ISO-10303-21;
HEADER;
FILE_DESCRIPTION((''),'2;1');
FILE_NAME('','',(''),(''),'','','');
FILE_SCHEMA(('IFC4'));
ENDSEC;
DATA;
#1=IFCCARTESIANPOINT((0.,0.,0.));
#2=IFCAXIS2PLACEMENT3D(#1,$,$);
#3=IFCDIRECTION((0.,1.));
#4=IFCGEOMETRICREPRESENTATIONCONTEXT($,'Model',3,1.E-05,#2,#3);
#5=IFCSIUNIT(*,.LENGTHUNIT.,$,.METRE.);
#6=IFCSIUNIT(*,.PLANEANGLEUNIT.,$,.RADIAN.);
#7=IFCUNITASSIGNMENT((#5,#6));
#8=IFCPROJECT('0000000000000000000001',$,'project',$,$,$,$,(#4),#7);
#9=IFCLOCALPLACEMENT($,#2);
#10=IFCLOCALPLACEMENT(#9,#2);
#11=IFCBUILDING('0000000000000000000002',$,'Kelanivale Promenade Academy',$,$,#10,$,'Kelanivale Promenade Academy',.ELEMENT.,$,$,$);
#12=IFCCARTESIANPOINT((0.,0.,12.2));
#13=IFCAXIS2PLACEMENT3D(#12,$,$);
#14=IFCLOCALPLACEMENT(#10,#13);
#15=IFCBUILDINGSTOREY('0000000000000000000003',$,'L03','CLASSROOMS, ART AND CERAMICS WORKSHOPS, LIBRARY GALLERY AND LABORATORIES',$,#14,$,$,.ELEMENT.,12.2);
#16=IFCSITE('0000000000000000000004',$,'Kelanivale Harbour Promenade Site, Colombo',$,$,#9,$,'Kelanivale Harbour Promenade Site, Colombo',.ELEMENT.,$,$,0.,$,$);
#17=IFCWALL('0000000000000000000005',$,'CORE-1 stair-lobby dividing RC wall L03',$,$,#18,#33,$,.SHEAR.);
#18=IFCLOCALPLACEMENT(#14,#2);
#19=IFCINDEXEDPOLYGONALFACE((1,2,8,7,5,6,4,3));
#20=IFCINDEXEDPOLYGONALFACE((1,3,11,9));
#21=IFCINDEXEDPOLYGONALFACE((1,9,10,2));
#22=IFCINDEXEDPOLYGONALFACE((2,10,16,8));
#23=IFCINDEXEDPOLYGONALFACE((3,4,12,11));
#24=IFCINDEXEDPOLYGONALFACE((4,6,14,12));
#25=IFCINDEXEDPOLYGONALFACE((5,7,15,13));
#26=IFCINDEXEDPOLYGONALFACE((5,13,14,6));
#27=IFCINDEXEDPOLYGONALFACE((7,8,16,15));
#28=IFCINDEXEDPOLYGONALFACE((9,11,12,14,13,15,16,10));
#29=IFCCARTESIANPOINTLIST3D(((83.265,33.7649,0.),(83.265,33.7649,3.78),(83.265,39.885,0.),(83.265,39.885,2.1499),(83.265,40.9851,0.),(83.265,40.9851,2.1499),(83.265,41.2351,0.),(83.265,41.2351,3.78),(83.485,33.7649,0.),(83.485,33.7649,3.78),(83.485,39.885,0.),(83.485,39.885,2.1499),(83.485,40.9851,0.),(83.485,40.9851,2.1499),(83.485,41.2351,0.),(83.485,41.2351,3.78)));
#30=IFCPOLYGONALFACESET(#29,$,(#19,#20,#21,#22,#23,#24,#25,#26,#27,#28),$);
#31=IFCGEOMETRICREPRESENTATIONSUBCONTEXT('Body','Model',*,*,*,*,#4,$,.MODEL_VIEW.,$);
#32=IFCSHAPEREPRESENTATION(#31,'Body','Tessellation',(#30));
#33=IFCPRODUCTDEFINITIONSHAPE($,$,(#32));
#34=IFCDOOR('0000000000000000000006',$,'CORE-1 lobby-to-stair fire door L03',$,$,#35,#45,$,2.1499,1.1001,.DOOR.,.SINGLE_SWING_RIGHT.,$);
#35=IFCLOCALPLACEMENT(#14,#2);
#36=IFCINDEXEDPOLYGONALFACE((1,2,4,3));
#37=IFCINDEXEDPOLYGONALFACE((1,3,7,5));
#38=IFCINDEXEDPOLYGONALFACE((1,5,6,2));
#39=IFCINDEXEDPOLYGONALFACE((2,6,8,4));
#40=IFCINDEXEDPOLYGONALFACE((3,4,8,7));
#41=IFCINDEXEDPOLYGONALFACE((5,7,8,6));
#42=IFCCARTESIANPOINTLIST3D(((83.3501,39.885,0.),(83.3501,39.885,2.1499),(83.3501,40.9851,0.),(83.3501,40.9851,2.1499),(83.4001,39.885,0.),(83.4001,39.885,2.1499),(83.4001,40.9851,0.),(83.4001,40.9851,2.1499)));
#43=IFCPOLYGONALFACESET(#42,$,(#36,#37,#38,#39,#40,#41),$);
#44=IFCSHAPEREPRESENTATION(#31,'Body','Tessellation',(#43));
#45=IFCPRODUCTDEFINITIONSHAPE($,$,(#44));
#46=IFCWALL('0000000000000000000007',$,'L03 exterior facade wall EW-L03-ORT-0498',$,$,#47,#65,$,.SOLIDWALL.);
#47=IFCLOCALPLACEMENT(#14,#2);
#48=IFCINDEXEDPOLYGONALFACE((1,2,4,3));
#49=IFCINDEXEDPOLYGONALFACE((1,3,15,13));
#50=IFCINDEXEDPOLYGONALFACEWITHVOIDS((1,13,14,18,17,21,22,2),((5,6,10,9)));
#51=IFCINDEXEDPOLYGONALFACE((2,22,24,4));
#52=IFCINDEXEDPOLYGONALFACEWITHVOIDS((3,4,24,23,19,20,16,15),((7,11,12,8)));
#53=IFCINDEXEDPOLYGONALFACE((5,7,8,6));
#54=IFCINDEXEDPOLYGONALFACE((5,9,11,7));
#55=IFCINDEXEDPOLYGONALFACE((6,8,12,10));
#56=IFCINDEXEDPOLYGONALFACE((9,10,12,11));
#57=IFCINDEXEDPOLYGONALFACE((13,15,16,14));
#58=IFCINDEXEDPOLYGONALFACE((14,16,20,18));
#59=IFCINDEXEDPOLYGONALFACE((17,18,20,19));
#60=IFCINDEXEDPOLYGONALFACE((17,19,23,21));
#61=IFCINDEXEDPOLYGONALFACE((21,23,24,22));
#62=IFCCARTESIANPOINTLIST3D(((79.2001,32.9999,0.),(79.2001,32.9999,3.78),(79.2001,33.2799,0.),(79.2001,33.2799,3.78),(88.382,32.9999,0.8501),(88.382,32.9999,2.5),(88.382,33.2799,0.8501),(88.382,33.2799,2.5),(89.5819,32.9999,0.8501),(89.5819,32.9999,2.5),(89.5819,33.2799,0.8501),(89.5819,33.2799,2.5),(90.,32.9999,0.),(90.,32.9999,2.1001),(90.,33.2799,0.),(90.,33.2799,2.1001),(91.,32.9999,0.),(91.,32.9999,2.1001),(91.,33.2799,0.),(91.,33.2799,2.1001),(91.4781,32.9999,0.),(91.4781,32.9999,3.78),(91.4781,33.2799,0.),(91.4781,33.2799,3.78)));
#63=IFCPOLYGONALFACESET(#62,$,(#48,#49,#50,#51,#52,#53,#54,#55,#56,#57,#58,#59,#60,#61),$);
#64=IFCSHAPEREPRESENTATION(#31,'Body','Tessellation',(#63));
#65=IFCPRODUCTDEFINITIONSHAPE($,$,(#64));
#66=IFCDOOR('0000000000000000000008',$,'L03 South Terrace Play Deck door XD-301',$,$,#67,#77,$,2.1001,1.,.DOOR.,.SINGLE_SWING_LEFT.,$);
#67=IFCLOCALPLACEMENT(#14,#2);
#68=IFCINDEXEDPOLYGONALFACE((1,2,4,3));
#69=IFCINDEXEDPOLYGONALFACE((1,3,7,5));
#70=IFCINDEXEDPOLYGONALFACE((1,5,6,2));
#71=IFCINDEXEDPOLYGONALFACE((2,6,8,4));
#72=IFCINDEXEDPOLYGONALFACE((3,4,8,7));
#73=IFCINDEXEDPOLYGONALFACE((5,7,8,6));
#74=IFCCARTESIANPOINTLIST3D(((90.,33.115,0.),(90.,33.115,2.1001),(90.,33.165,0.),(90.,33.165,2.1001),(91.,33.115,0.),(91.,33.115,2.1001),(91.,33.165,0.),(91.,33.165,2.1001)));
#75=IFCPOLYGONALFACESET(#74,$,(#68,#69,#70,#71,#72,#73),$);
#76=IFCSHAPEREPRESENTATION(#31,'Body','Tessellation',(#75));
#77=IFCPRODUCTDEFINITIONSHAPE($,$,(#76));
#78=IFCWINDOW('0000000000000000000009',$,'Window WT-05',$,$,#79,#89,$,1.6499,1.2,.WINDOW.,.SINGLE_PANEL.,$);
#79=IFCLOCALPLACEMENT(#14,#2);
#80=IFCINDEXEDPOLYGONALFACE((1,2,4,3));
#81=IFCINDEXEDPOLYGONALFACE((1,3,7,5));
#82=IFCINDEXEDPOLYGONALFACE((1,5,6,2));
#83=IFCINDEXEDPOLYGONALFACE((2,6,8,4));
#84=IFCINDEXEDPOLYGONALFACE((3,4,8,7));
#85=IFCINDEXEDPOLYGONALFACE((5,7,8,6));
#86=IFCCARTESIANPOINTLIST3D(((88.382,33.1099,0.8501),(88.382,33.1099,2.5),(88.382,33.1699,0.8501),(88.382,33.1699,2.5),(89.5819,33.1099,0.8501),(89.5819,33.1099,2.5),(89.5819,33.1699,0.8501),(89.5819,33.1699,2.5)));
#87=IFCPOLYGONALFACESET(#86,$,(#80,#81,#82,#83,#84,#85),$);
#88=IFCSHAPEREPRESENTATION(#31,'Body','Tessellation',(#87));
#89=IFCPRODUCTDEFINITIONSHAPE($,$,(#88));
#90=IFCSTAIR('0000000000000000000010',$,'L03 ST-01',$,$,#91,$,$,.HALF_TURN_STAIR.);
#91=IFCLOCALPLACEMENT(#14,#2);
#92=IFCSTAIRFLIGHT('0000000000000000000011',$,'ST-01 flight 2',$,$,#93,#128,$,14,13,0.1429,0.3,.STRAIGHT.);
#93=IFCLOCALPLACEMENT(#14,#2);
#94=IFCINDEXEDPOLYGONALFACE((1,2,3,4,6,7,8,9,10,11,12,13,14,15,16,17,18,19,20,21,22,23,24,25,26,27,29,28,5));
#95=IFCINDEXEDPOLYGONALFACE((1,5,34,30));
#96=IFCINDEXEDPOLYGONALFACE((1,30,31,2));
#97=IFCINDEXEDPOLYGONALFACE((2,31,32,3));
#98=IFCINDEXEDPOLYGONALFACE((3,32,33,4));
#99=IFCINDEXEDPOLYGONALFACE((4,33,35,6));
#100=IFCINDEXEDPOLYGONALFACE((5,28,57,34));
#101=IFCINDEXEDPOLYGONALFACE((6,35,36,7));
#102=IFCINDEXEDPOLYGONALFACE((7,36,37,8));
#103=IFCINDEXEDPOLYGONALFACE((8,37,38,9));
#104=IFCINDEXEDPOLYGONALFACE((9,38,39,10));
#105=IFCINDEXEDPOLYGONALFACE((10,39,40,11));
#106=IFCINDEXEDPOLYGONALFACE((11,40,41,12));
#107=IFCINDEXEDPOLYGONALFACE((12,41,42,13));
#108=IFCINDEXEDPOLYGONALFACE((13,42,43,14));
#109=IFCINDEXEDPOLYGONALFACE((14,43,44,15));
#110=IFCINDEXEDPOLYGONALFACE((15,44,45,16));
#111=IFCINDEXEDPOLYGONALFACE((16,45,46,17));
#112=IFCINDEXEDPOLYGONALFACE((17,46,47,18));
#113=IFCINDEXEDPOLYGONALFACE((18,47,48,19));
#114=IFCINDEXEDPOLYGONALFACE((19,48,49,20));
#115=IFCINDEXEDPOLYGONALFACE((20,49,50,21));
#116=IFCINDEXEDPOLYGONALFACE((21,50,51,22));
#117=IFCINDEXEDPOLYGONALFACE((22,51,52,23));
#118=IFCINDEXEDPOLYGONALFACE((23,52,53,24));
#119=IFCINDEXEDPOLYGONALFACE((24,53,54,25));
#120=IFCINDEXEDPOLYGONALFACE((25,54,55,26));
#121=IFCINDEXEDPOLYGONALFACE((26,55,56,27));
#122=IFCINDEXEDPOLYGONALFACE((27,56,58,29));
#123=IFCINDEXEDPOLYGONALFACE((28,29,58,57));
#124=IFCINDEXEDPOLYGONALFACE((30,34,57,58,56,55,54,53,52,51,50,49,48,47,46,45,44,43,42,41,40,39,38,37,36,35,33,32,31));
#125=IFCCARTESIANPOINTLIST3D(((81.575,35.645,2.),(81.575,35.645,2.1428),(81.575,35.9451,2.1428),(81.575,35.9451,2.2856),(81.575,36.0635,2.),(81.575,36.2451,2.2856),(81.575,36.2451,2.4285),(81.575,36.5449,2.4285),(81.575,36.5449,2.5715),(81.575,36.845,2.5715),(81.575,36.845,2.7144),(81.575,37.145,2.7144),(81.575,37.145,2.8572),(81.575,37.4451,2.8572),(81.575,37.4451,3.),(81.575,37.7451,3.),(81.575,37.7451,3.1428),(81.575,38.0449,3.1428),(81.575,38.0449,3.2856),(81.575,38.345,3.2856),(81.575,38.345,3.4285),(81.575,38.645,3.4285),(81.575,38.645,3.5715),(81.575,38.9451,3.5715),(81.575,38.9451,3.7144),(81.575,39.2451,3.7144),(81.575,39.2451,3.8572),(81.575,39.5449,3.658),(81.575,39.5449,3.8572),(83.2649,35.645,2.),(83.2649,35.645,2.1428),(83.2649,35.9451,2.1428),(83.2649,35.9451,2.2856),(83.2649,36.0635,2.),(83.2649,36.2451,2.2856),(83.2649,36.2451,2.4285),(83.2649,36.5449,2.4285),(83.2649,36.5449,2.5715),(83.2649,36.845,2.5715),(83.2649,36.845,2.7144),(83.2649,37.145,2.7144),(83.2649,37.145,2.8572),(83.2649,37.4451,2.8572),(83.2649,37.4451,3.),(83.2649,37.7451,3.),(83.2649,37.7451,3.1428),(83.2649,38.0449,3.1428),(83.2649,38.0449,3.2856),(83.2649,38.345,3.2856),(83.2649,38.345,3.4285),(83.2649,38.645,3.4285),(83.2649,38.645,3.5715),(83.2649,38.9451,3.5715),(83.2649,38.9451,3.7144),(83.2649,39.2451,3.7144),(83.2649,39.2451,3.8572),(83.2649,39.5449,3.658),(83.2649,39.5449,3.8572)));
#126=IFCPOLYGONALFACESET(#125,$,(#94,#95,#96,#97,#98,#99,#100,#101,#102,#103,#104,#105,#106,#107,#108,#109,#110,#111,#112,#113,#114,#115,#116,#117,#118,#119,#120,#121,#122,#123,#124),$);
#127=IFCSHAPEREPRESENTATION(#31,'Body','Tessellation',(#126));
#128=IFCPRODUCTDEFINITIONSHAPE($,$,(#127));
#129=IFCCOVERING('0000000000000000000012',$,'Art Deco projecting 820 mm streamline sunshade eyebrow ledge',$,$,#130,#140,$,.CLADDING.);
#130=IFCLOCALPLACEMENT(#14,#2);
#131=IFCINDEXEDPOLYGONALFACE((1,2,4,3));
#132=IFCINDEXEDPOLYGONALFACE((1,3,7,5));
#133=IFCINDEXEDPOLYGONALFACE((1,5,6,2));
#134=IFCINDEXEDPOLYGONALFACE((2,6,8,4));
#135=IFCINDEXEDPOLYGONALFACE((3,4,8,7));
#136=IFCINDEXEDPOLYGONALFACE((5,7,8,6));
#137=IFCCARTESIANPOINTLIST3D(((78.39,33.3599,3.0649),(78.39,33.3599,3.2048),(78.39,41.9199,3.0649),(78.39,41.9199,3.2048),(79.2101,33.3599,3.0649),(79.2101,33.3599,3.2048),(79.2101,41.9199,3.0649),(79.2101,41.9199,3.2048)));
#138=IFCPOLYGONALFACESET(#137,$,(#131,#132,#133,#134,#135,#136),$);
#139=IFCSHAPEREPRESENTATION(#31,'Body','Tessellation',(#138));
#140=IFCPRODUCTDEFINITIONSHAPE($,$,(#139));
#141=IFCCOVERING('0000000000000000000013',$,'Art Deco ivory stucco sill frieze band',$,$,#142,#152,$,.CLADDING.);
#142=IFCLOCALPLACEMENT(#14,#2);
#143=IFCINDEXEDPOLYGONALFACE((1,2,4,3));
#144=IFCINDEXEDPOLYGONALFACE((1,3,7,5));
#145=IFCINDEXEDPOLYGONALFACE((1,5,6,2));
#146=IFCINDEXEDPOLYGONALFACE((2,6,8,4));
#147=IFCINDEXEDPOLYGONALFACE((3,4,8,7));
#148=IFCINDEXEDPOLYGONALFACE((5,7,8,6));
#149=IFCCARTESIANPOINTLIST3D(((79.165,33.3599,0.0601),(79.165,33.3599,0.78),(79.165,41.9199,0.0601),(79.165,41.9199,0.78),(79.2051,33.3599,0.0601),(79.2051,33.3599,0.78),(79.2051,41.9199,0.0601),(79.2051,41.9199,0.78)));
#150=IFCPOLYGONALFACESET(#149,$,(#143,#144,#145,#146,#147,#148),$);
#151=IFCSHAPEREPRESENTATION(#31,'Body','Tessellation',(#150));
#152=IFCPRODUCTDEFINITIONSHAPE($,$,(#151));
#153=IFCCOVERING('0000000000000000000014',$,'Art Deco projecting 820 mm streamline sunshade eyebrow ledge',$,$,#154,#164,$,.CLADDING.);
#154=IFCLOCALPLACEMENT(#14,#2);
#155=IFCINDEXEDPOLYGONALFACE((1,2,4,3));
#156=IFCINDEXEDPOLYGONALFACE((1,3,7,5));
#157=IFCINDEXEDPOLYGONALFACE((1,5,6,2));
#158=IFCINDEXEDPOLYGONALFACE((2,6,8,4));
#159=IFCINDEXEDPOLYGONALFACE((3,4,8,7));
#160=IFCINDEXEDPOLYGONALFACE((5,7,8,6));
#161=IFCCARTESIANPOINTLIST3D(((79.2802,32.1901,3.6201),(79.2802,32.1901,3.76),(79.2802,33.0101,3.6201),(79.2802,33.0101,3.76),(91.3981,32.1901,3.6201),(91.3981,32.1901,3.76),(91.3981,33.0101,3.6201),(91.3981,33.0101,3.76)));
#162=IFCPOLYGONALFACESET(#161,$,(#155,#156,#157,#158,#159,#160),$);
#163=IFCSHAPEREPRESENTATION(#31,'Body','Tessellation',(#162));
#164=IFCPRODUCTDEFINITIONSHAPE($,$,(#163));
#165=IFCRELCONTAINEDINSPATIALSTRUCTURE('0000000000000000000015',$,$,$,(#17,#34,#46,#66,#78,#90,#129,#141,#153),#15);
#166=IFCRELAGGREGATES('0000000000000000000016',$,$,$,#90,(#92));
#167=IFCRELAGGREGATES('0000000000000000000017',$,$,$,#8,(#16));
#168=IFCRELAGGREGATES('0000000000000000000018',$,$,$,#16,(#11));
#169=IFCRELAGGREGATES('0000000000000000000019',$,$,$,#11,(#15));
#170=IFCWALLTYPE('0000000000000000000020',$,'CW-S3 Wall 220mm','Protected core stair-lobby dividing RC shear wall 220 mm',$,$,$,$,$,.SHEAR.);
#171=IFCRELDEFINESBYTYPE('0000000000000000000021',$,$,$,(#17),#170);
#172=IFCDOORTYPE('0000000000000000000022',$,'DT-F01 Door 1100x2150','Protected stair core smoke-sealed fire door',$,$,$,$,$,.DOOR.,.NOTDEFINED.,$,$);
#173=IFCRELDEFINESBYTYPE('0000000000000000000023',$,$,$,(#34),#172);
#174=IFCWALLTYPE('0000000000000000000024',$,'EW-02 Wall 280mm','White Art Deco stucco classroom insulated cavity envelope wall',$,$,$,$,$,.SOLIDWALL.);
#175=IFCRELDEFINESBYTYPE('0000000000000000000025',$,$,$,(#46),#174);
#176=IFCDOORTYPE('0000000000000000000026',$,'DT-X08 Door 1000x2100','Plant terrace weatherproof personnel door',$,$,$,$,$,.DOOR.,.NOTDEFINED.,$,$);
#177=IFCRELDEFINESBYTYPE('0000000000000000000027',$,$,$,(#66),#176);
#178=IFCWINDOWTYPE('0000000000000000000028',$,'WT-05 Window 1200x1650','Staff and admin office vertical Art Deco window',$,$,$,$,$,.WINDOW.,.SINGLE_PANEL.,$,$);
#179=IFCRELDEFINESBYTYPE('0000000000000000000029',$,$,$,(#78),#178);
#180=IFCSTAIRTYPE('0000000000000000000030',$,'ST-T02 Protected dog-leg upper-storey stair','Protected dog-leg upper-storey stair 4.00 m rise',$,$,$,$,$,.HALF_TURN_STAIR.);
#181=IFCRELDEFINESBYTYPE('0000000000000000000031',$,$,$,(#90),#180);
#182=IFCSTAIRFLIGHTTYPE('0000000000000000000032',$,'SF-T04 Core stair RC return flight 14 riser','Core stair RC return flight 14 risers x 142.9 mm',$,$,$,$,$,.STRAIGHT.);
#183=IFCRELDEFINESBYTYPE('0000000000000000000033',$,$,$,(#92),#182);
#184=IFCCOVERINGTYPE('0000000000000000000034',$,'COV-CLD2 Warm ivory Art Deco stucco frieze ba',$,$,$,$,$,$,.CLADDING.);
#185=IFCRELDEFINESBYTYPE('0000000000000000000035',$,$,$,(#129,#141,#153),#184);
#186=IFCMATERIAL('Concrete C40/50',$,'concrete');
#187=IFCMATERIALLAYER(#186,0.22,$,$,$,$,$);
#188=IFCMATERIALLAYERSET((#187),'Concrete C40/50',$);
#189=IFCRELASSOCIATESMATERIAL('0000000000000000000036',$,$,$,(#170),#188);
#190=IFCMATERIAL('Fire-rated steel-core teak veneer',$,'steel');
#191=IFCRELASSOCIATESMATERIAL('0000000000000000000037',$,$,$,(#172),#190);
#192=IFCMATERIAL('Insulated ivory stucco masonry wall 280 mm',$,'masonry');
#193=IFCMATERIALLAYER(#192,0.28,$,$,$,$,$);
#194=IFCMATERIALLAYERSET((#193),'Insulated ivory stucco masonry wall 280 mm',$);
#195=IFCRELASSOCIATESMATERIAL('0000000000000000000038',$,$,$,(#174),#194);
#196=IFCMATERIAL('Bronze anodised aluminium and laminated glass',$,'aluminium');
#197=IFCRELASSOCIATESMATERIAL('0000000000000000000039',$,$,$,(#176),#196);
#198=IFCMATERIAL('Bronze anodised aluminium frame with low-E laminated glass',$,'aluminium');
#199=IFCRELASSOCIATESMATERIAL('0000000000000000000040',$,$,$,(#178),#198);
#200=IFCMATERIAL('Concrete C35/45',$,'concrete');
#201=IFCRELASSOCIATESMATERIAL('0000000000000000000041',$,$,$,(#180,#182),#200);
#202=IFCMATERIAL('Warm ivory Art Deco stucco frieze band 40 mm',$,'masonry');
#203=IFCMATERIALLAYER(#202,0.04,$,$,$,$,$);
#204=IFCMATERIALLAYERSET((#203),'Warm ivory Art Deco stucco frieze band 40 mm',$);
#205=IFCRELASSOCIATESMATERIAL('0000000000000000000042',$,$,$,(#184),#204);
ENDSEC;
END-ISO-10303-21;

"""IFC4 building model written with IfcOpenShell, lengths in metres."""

from ifc_helpers import new_model, si_unit, direction, frame, frame_2d, origin, origin_2d, place, context, subcontext, project, spatial, polyline, rectangle, outline, extrude, material, layer, layer_set, type_object, element, fill, aggregate, save


model = new_model("IFC4")

# Units and contexts
model_context = context("Model", 3, precision=1e-05, world=origin(), true_north=direction((0.0, 1.0)))
body_context = subcontext(model_context, "Body", "Model", "MODEL_VIEW")
ifc_project = project(units=[si_unit("LENGTHUNIT", "METRE"), si_unit("PLANEANGLEUNIT", "RADIAN")], contexts=[model_context])

# Site, building, storey
site_placement = place(None, origin())
site = spatial("IfcSite", under=ifc_project, at=site_placement, Name="Kelanivale Harbour Promenade Site, Colombo", LongName="Kelanivale Harbour Promenade Site, Colombo", CompositionType="ELEMENT", RefElevation=0.0)
building_placement = place(site_placement, origin())
building = spatial("IfcBuilding", under=site, at=building_placement, Name="Kelanivale Promenade Academy", LongName="Kelanivale Promenade Academy", CompositionType="ELEMENT")
storey_placement = place(building_placement, frame((0.0, 0.0, 12.2)))
storey = spatial("IfcBuildingStorey", under=building, at=storey_placement, Name="L03", Description="CLASSROOMS, ART AND CERAMICS WORKSHOPS, LIBRARY GALLERY AND LABORATORIES", CompositionType="ELEMENT", Elevation=12.2)

# Shared definitions
ifc_material_1 = material(Name="Concrete C40/50", Category="concrete")

# Shared definitions
ifc_material_2 = material(Name="Concrete C35/45", Category="concrete")

# Shared definitions
ifc_material_3 = material(Name="Fire-rated steel-core teak veneer", Category="steel")

# Wall, opening, door
ifc_layer_1 = layer(ifc_material_1, 0.22)
ifc_layer_set_1 = layer_set([ifc_layer_1], Name="Concrete C40/50")
wall_type_1 = type_object("IfcWallType", Name="CW-S3 Wall 220mm", Description="Protected core stair-lobby dividing RC shear wall 220 mm", PredefinedType="SHEAR", material=ifc_layer_set_1)
wall_1_placement = place(storey_placement, frame((83.375, 33.7649, 0.0), z_axis=(0.0, 0.0, 1.0), x_axis=(0.0, 1.0, 0.0)))
wall_1 = element("IfcWall", 1, at=wall_1_placement, inside=storey, type_object=wall_type_1, Name="CORE-1 stair-lobby dividing RC wall L03", PredefinedType="SHEAR", context=body_context, shape_type="SweptSolid", body=[
    extrude(rectangle(XDim=7.4702, YDim=0.22, at=frame_2d((3.7351, 0.0))), origin(), (0.0, 0.0, 1.0), 3.78),
])
opening_1_placement = place(wall_1_placement, frame((6.1201, 0.0, 0.0)))
opening_1 = element("IfcOpeningElement", 2, at=opening_1_placement, cuts=wall_1, PredefinedType="OPENING", context=body_context, shape_type="SweptSolid", body=[
    extrude(rectangle(XDim=1.1001, YDim=2.1499, at=frame_2d((0.55, 1.075))), frame((0.0, 0.1201, 0.0), z_axis=(0.0, -1.0, 0.0), x_axis=(1.0, 0.0, 0.0)), (0.0, 0.0, 1.0), 0.24),
])
door_type_1 = type_object("IfcDoorType", Name="DT-F01 Door 1100x2150", Description="Protected stair core smoke-sealed fire door", OperationType="NOTDEFINED", PredefinedType="DOOR", material=ifc_material_3)
door_1_placement = place(opening_1_placement, origin())
door_1 = element("IfcDoor", 3, at=door_1_placement, inside=storey, type_object=door_type_1, Name="CORE-1 lobby-to-stair fire door L03", OperationType="SINGLE_SWING_RIGHT", OverallHeight=2.1499, OverallWidth=1.1001, PredefinedType="DOOR", context=body_context, shape_type="SweptSolid", body=[
    extrude(rectangle(XDim=1.1001, YDim=2.1499, at=frame_2d((0.55, 1.075))), frame((0.0, 0.0249, 0.0), z_axis=(0.0, -1.0, 0.0), x_axis=(1.0, 0.0, 0.0)), (0.0, 0.0, 1.0), 0.05),
])
fill(opening_1, door_1)

# Wall, openings, door, window
ifc_material_4 = material(Name="Insulated ivory stucco masonry wall 280 mm", Category="masonry")
ifc_layer_2 = layer(ifc_material_4, 0.28)
ifc_layer_set_2 = layer_set([ifc_layer_2], Name="Insulated ivory stucco masonry wall 280 mm")
wall_type_2 = type_object("IfcWallType", Name="EW-02 Wall 280mm", Description="White Art Deco stucco classroom insulated cavity envelope wall", PredefinedType="SOLIDWALL", material=ifc_layer_set_2)
wall_2_placement = place(storey_placement, frame((79.2, 33.1399, 0.0), z_axis=(0.0, 0.0, 1.0), x_axis=(1.0, 0.0, 0.0)))
wall_2 = element("IfcWall", 4, at=wall_2_placement, inside=storey, type_object=wall_type_2, Name="L03 exterior facade wall EW-L03-ORT-0498", PredefinedType="SOLIDWALL", context=body_context, shape_type="SweptSolid", body=[
    extrude(rectangle(XDim=12.2781, YDim=0.28, at=frame_2d((6.1392, 0.0))), origin(), (0.0, 0.0, 1.0), 3.78),
])
opening_2_placement = place(wall_2_placement, frame((10.8, 0.0, 0.0)))
opening_2 = element("IfcOpeningElement", 5, at=opening_2_placement, cuts=wall_2, PredefinedType="OPENING", context=body_context, shape_type="SweptSolid", body=[
    extrude(rectangle(XDim=1.0, YDim=2.1001, at=frame_2d((0.5, 1.05))), frame((0.0, 0.1499, 0.0), z_axis=(0.0, -1.0, 0.0), x_axis=(1.0, 0.0, 0.0)), (0.0, 0.0, 1.0), 0.3),
])
opening_3_placement = place(wall_2_placement, frame((9.1819, 0.0, 0.8501)))
opening_3 = element("IfcOpeningElement", 6, at=opening_3_placement, cuts=wall_2, PredefinedType="OPENING", context=body_context, shape_type="SweptSolid", body=[
    extrude(rectangle(XDim=1.2, YDim=1.6499, at=frame_2d((0.6001, 0.825))), frame((0.0, 0.1499, 0.0), z_axis=(0.0, -1.0, 0.0), x_axis=(1.0, 0.0, 0.0)), (0.0, 0.0, 1.0), 0.3),
])
ifc_material_5 = material(Name="Bronze anodised aluminium and laminated glass", Category="aluminium")
door_type_2 = type_object("IfcDoorType", Name="DT-X08 Door 1000x2100", Description="Plant terrace weatherproof personnel door", OperationType="NOTDEFINED", PredefinedType="DOOR", material=ifc_material_5)
door_2_placement = place(opening_2_placement, frame((1.0, 0.0, 0.0), z_axis=(0.0, 0.0, 1.0), x_axis=(-1.0, 0.0, 0.0)))
door_2 = element("IfcDoor", 7, at=door_2_placement, inside=storey, type_object=door_type_2, Name="L03 South Terrace Play Deck door XD-301", OperationType="SINGLE_SWING_LEFT", OverallHeight=2.1001, OverallWidth=1.0, PredefinedType="DOOR", context=body_context, shape_type="SweptSolid", body=[
    extrude(rectangle(XDim=1.0, YDim=2.1001, at=frame_2d((0.5, 1.05))), frame((0.0, 0.0249, 0.0), z_axis=(0.0, -1.0, 0.0), x_axis=(1.0, 0.0, 0.0)), (0.0, 0.0, 1.0), 0.05),
])
fill(opening_2, door_2)
ifc_material_6 = material(Name="Bronze anodised aluminium frame with low-E laminated glass", Category="aluminium")
window_type = type_object("IfcWindowType", Name="WT-05 Window 1200x1650", Description="Staff and admin office vertical Art Deco window", PartitioningType="SINGLE_PANEL", PredefinedType="WINDOW", material=ifc_material_6)
window_placement = place(opening_3_placement, origin())
window = element("IfcWindow", 8, at=window_placement, inside=storey, type_object=window_type, Name="Window WT-05", OverallHeight=1.6499, OverallWidth=1.2, PartitioningType="SINGLE_PANEL", PredefinedType="WINDOW", context=body_context, shape_type="SweptSolid", body=[
    extrude(rectangle(XDim=1.2, YDim=1.6499, at=frame_2d((0.6001, 0.825))), frame((0.0, 0.03, 0.0), z_axis=(0.0, -1.0, 0.0), x_axis=(1.0, 0.0, 0.0)), (0.0, 0.0, 1.0), 0.0601),
])
fill(opening_3, window)

# Stair, stair flight
stair_type = type_object("IfcStairType", Name="ST-T02 Protected dog-leg upper-storey stair", Description="Protected dog-leg upper-storey stair 4.00 m rise", PredefinedType="HALF_TURN_STAIR", material=ifc_material_2)
stair_placement = place(storey_placement, origin())
stair = element("IfcStair", 9, at=stair_placement, inside=storey, type_object=stair_type, Name="L03 ST-01", PredefinedType="HALF_TURN_STAIR")
stair_flight_type = type_object("IfcStairFlightType", Name="SF-T04 Core stair RC return flight 14 riser", Description="Core stair RC return flight 14 risers x 142.9 mm", PredefinedType="STRAIGHT", material=ifc_material_2)
stair_flight_placement = place(storey_placement, frame((82.4199, 35.645, 2.0), z_axis=(0.0, 0.0, 1.0), x_axis=(0.0, 1.0, 0.0)))
stair_flight = element("IfcStairFlight", 10, at=stair_flight_placement, type_object=stair_flight_type, Name="ST-01 flight 2", NumberOfRisers=14, NumberOfTreads=13, PredefinedType="STRAIGHT", RiserHeight=0.1429, TreadLength=0.3, context=body_context, shape_type="SweptSolid", body=[
    extrude(outline(polyline([(0.0, 0.0), (0.0, 0.1428), (0.3, 0.1428), (0.3, 0.2856), (0.6001, 0.2856), (0.6001, 0.4285), (0.8999, 0.4285), (0.8999, 0.5715), (1.2, 0.5715), (1.2, 0.7144), (1.5, 0.7144), (1.5, 0.8572), (1.8, 0.8572), (1.8, 1.0), (2.1001, 1.0), (2.1001, 1.1428), (2.3999, 1.1428), (2.3999, 1.2856), (2.7, 1.2856), (2.7, 1.4285), (3.0, 1.4285), (3.0, 1.5715), (3.3, 1.5715), (3.3, 1.7144), (3.6001, 1.7144), (3.6001, 1.8572), (3.8999, 1.8572), (3.8999, 2.0), (3.8999, 1.658), (0.4185, 0.0), (0.0, 0.0)])), frame((0.0, 0.845, 0.0), z_axis=(0.0, -1.0, 0.0), x_axis=(1.0, 0.0, 0.0)), (0.0, 0.0, 1.0), 1.6899),
])
aggregate(stair, [stair_flight])

# Coverings
ifc_material_7 = material(Name="Warm ivory Art Deco stucco frieze band 40 mm", Category="masonry")
ifc_layer_3 = layer(ifc_material_7, 0.04)
ifc_layer_set_3 = layer_set([ifc_layer_3], Name="Warm ivory Art Deco stucco frieze band 40 mm")
covering_type = type_object("IfcCoveringType", Name="COV-CLD2 Warm ivory Art Deco stucco frieze ba", PredefinedType="CLADDING", material=ifc_layer_set_3)
covering_1_placement = place(storey_placement, frame((78.8, 37.6399, 3.0649), z_axis=(0.0, 0.0, 1.0), x_axis=(0.0, -1.0, 0.0)))
element("IfcCovering", 11, at=covering_1_placement, inside=storey, type_object=covering_type, Name="Art Deco projecting 820 mm streamline sunshade eyebrow ledge", PredefinedType="CLADDING", context=body_context, shape_type="SweptSolid", body=[
    extrude(rectangle(XDim=8.5601, YDim=0.8201, at=origin_2d()), origin(), (0.0, 0.0, 1.0), 0.1399),
])
covering_2_placement = place(storey_placement, frame((79.1851, 37.6399, 0.0601), z_axis=(0.0, 0.0, 1.0), x_axis=(0.0, -1.0, 0.0)))
element("IfcCovering", 12, at=covering_2_placement, inside=storey, type_object=covering_type, Name="Art Deco ivory stucco sill frieze band", PredefinedType="CLADDING", context=body_context, shape_type="SweptSolid", body=[
    extrude(rectangle(XDim=8.5601, YDim=0.04, at=origin_2d()), origin(), (0.0, 0.0, 1.0), 0.72),
])
covering_3_placement = place(storey_placement, frame((85.3391, 32.6001, 3.6201), z_axis=(0.0, 0.0, 1.0), x_axis=(1.0, 0.0, 0.0)))
element("IfcCovering", 13, at=covering_3_placement, inside=storey, type_object=covering_type, Name="Art Deco projecting 820 mm streamline sunshade eyebrow ledge", PredefinedType="CLADDING", context=body_context, shape_type="SweptSolid", body=[
    extrude(rectangle(XDim=12.1179, YDim=0.8201, at=origin_2d()), origin(), (0.0, 0.0, 1.0), 0.1399),
])

save(model, "model.ifc")
